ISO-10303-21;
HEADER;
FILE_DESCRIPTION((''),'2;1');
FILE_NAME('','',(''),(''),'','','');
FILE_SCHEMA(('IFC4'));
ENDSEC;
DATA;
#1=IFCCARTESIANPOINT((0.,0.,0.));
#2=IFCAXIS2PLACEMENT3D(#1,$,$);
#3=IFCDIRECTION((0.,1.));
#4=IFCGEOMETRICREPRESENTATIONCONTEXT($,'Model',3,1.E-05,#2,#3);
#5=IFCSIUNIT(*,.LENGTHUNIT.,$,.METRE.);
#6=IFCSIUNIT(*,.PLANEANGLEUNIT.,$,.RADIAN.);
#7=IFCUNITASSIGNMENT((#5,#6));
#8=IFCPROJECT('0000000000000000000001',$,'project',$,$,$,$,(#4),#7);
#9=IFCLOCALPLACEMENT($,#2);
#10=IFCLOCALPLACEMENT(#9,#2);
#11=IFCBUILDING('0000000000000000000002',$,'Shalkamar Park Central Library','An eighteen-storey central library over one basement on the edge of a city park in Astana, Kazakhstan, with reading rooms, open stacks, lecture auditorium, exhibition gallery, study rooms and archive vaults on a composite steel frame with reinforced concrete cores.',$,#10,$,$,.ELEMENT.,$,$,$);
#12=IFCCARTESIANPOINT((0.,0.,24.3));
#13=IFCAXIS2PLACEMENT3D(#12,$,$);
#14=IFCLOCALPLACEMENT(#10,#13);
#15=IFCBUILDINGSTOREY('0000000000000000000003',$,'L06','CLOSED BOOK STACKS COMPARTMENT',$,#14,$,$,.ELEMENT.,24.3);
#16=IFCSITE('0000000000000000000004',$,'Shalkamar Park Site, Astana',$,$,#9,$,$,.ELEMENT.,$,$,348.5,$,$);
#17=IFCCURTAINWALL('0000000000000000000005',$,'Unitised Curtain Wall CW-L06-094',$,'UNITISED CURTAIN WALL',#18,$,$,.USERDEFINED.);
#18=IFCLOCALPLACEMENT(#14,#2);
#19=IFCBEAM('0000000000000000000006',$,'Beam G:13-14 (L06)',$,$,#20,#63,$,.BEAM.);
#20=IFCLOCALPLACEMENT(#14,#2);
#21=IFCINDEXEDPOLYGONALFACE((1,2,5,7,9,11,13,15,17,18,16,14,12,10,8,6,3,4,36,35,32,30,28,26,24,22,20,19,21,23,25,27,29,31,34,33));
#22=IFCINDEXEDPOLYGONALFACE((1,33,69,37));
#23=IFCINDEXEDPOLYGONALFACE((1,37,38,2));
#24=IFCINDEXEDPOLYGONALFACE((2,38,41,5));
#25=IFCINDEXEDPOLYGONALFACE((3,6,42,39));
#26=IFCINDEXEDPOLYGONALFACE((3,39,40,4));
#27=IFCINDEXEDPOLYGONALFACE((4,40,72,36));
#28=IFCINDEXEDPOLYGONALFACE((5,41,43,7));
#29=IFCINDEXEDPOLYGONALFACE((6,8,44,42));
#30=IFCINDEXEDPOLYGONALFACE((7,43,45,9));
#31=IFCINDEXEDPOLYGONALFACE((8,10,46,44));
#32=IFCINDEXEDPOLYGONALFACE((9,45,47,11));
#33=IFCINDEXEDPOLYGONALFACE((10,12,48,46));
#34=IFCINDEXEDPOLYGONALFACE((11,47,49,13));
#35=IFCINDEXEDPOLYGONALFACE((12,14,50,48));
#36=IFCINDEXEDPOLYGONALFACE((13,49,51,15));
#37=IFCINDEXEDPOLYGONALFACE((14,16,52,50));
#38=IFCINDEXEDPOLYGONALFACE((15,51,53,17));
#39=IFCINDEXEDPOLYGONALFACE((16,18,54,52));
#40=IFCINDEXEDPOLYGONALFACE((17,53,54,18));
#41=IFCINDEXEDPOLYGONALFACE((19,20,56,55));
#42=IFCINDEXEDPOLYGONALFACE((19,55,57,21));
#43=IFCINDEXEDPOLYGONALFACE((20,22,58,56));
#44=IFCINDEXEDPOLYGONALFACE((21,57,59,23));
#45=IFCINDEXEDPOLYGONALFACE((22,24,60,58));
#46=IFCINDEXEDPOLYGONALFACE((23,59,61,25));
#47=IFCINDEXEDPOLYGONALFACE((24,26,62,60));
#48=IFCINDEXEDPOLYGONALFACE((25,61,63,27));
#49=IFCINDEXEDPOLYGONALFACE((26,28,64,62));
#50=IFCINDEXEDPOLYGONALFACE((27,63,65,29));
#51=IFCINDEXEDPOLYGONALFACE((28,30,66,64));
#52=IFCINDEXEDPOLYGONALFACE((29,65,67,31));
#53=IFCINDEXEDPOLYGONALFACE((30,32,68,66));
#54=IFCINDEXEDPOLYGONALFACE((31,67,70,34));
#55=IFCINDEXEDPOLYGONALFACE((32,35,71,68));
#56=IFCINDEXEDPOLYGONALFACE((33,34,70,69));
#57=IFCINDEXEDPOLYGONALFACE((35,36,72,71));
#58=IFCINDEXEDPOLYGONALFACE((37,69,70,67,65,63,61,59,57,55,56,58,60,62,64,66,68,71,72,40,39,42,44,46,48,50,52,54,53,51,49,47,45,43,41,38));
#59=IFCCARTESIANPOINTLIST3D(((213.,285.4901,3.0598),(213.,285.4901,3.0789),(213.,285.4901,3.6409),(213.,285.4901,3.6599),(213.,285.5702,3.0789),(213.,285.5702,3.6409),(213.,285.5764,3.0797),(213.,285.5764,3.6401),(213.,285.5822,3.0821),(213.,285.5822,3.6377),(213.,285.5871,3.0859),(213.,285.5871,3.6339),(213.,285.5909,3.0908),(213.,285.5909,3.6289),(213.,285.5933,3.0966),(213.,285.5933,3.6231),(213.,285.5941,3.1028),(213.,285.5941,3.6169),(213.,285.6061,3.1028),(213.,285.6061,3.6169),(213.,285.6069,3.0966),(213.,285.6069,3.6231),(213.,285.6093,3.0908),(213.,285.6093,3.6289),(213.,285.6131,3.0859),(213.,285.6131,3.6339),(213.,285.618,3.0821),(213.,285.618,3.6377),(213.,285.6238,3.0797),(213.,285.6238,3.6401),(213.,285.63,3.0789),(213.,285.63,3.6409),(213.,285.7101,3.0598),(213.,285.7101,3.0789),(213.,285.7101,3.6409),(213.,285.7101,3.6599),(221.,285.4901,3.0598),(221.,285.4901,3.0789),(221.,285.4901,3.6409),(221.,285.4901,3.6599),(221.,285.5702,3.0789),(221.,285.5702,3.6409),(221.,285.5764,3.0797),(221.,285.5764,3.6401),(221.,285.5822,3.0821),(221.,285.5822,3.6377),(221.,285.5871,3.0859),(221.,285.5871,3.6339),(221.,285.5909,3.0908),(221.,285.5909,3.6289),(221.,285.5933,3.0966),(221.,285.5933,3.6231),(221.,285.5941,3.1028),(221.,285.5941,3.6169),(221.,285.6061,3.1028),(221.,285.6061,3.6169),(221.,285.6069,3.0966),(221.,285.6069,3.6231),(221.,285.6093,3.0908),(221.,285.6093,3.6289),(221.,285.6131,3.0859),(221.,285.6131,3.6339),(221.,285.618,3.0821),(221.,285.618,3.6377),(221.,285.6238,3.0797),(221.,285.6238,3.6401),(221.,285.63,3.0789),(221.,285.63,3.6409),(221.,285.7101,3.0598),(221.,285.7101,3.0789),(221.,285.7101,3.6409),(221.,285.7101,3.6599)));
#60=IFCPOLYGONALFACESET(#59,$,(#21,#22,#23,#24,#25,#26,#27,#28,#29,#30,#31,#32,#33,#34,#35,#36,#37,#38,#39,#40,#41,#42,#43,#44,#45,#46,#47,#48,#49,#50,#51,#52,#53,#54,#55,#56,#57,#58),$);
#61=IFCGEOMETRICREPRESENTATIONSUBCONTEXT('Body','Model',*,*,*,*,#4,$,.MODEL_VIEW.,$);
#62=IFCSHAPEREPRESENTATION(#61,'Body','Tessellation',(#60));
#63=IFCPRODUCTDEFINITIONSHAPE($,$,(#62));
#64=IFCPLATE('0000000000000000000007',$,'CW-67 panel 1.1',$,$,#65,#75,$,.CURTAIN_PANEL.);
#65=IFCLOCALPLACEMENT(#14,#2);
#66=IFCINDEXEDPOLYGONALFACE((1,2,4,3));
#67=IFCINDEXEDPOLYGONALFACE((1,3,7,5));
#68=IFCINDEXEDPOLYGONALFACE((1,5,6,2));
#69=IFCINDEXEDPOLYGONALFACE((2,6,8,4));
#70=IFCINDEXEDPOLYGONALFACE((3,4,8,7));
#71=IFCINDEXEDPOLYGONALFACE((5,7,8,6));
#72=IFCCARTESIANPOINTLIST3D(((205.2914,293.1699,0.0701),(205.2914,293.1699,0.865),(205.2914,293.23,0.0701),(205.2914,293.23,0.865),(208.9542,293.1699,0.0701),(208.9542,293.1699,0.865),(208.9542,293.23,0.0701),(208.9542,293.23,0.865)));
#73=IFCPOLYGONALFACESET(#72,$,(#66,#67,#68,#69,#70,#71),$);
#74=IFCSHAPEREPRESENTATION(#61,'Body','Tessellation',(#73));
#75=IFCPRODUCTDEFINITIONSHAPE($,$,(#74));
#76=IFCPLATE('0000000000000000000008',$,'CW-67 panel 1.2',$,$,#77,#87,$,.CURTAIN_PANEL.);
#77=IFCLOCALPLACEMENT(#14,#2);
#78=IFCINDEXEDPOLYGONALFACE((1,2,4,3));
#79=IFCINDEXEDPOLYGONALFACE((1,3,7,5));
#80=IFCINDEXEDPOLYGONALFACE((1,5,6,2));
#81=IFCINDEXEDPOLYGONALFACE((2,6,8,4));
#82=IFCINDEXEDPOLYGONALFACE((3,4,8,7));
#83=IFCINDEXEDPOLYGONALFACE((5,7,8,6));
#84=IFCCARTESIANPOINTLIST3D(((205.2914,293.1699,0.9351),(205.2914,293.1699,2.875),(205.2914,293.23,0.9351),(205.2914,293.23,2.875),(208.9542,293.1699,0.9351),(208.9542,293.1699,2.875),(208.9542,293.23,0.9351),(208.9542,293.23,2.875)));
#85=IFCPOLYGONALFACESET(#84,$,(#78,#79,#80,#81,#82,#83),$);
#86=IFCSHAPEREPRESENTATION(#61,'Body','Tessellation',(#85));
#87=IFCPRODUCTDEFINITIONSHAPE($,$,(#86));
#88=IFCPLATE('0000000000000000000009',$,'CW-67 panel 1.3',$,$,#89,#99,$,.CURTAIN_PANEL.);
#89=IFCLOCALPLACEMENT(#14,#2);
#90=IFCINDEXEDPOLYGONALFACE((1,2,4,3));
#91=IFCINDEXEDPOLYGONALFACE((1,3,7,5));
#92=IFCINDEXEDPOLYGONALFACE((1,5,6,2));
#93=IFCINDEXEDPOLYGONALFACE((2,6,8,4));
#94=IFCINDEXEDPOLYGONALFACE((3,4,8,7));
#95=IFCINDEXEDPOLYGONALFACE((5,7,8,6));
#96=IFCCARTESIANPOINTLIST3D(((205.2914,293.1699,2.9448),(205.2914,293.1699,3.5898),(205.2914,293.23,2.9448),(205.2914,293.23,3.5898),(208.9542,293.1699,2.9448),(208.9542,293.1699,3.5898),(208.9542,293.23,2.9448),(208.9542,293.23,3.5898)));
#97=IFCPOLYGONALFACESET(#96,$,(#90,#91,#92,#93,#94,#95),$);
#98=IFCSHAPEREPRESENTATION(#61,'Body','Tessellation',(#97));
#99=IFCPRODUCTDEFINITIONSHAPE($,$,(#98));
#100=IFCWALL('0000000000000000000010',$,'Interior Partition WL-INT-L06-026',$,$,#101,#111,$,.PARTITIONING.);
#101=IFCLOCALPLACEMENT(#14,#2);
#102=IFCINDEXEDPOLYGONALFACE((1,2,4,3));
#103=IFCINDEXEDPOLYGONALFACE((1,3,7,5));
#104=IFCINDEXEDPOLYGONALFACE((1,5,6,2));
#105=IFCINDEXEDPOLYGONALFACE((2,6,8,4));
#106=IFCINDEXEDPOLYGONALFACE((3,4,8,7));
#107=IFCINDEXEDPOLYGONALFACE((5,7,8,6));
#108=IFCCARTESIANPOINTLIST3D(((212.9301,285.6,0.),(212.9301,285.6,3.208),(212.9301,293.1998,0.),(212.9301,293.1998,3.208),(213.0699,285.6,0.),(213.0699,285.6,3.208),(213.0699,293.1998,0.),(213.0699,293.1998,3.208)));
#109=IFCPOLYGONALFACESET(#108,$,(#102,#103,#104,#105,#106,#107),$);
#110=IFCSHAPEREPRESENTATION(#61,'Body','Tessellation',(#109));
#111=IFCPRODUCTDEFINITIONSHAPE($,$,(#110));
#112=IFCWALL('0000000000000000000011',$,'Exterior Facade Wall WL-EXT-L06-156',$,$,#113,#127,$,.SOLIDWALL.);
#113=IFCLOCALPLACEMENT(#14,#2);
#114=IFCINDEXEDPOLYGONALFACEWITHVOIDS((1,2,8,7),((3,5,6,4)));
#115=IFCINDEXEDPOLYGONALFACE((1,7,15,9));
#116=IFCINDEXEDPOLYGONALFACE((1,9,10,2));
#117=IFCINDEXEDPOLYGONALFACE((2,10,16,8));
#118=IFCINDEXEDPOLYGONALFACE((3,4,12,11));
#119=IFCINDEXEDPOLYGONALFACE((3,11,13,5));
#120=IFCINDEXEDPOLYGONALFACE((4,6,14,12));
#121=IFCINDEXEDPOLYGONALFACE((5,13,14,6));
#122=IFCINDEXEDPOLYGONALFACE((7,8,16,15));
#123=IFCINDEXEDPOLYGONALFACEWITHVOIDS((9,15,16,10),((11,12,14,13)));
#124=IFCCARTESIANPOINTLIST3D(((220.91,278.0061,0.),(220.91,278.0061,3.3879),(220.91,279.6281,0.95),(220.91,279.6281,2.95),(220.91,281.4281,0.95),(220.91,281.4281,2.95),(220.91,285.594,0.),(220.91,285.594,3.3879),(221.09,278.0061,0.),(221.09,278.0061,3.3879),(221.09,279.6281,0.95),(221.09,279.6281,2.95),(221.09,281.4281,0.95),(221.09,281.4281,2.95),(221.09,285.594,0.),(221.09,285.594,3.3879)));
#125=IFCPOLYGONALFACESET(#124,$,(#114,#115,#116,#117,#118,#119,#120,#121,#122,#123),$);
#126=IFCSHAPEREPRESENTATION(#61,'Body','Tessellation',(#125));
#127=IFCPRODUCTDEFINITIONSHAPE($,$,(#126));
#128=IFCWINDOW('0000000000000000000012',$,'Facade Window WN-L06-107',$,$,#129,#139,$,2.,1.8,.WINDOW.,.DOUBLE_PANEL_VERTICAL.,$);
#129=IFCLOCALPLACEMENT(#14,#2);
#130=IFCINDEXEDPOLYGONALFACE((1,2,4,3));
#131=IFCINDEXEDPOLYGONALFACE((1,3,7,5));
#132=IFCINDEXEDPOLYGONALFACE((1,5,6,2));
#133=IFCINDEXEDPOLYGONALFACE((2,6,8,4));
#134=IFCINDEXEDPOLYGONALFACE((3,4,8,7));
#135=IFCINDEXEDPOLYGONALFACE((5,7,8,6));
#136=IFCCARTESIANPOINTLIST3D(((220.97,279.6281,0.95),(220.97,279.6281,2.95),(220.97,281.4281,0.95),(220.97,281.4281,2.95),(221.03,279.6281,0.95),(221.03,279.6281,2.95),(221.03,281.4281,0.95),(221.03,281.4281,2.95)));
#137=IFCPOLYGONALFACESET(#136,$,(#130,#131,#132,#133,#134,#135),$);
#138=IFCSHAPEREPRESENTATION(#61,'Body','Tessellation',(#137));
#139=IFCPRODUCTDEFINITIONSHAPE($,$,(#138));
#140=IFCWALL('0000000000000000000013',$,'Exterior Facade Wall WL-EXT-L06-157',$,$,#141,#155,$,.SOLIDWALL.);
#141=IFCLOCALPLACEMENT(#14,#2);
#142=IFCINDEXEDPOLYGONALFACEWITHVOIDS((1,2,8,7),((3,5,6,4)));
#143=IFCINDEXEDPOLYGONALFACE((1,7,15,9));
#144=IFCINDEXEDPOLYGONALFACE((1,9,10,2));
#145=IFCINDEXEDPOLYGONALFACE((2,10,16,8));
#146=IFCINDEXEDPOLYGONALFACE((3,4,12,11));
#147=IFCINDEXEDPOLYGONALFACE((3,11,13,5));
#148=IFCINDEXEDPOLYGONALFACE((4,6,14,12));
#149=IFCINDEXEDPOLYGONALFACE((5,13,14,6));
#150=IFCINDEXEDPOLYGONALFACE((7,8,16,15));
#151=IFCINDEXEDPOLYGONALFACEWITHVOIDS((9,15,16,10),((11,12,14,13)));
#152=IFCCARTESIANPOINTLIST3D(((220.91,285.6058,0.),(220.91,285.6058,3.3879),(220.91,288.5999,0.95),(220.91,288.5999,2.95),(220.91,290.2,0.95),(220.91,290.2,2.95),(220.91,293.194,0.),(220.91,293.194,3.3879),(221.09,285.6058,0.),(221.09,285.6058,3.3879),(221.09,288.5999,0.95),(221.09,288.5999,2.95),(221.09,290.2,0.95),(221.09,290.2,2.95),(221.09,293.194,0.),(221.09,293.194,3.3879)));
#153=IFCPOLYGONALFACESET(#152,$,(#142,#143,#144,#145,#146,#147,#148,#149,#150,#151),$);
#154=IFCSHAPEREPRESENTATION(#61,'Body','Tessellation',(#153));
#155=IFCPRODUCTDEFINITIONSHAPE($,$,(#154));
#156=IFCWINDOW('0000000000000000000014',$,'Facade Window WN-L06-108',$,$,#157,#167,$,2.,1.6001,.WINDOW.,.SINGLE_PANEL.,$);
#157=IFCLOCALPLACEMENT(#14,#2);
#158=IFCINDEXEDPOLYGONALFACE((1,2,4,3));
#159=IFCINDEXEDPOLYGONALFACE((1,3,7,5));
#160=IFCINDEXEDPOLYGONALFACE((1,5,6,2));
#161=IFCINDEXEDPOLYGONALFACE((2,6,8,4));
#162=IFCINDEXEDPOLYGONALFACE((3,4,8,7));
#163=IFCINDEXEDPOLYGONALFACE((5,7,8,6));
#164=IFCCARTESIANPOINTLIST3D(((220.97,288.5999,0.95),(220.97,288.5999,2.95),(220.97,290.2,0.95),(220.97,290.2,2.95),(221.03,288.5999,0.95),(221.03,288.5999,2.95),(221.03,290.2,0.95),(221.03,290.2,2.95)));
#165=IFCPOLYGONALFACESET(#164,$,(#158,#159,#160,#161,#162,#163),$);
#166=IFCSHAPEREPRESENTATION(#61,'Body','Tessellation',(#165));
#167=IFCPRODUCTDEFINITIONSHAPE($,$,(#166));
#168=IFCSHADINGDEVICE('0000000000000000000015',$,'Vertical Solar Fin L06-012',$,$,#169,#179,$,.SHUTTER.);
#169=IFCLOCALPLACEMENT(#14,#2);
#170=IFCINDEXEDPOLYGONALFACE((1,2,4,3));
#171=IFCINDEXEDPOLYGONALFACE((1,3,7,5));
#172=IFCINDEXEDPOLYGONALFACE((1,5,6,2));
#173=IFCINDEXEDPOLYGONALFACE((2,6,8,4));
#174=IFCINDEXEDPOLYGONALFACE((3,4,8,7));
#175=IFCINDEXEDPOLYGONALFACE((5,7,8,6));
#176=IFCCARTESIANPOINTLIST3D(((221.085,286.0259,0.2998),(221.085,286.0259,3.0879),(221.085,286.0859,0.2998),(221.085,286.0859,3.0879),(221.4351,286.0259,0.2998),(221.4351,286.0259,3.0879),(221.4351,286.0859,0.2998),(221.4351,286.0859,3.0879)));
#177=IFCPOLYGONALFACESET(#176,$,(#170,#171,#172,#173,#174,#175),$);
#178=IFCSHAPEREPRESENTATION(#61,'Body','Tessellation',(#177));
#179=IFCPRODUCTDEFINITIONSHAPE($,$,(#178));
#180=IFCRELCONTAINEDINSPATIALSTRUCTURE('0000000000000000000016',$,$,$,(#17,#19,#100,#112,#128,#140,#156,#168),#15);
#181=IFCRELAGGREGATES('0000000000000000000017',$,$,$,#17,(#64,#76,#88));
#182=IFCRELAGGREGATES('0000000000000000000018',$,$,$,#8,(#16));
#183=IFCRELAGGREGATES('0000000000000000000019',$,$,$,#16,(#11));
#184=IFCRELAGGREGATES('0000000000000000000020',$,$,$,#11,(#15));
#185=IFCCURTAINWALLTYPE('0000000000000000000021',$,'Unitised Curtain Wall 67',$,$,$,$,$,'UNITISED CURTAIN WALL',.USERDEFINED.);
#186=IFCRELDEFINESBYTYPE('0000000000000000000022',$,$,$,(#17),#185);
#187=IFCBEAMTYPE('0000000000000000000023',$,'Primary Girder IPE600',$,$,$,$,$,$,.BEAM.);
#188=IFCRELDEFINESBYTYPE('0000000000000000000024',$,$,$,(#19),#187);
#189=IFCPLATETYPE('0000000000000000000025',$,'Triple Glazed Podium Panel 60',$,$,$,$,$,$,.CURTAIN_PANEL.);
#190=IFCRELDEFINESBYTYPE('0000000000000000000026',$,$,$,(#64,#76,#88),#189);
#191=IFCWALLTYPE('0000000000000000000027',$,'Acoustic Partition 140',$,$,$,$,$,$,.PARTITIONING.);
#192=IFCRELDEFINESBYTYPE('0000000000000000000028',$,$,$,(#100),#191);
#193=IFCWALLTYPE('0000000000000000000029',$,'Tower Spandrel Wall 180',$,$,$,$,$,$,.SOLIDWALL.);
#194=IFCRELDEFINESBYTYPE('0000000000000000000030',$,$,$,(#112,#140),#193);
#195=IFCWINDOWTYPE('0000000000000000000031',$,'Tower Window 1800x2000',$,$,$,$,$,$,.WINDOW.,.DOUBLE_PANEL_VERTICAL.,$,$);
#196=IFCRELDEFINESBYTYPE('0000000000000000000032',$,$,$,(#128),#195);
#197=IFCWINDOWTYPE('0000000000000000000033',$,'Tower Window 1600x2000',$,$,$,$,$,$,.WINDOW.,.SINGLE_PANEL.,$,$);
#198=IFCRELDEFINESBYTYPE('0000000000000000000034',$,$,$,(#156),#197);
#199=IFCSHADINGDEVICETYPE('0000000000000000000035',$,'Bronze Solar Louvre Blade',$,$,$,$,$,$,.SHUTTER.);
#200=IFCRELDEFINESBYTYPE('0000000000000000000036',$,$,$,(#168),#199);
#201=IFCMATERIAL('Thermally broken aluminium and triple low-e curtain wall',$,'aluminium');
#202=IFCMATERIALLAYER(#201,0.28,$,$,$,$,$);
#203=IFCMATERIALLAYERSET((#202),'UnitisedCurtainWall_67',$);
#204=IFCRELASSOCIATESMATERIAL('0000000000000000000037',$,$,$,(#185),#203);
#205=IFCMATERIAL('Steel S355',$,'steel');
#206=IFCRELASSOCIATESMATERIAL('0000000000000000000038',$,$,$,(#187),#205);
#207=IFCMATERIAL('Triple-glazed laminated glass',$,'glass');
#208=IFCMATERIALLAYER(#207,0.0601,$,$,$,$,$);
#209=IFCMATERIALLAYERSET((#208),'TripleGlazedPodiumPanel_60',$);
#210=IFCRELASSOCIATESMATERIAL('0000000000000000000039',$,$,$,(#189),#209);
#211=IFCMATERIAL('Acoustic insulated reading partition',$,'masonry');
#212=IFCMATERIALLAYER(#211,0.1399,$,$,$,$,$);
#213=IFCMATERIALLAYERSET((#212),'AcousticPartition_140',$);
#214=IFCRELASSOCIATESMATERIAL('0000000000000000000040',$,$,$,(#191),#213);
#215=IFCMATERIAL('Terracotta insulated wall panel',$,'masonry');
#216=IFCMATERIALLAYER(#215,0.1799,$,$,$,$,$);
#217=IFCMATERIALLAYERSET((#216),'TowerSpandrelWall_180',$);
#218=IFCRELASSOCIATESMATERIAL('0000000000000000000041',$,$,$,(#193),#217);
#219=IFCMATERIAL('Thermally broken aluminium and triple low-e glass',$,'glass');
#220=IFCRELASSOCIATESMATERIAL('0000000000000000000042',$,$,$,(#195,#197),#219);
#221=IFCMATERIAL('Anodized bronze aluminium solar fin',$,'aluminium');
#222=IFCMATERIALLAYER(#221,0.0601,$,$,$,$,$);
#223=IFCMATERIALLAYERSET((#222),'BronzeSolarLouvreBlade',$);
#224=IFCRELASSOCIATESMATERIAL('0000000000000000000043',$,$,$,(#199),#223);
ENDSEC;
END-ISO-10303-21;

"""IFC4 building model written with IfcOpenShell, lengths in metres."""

from ifc_helpers import new_model, si_unit, direction, frame, frame_2d, origin, origin_2d, place, context, subcontext, project, spatial, rectangle, i_section, extrude, material, layer, layer_set, material_profile, profile_set, type_object, element, fill, aggregate, save


model = new_model("IFC4")

# Units and contexts
model_context = context("Model", 3, precision=1e-05, world=origin(), true_north=direction((0.0, 1.0)))
body_context = subcontext(model_context, "Body", "Model", "MODEL_VIEW")
ifc_project = project(units=[si_unit("LENGTHUNIT", "METRE"), si_unit("PLANEANGLEUNIT", "RADIAN")], contexts=[model_context])

# Site, building, storey
site_placement = place(None, origin())
site = spatial("IfcSite", under=ifc_project, at=site_placement, Name="Shalkamar Park Site, Astana", CompositionType="ELEMENT", RefElevation=348.5)
building_placement = place(site_placement, origin())
building = spatial("IfcBuilding", under=site, at=building_placement, Name="Shalkamar Park Central Library", Description="An eighteen-storey central library over one basement on the edge of a city park in Astana, Kazakhstan, with reading rooms, open stacks, lecture auditorium, exhibition gallery, study rooms and archive vaults on a composite steel frame with reinforced concrete cores.", CompositionType="ELEMENT")
storey_placement = place(building_placement, frame((0.0, 0.0, 24.3)))
storey = spatial("IfcBuildingStorey", under=building, at=storey_placement, Name="L06", Description="CLOSED BOOK STACKS COMPARTMENT", CompositionType="ELEMENT", Elevation=24.3)

# Shared definitions
ifc_material_1 = material(Name="Steel S355", Category="steel")

# Curtain wall
ifc_material_2 = material(Name="Thermally broken aluminium and triple low-e curtain wall", Category="aluminium")
ifc_layer_1 = layer(ifc_material_2, 0.28)
ifc_layer_set_1 = layer_set([ifc_layer_1], Name="UnitisedCurtainWall_67")
curtain_wall_type = type_object("IfcCurtainWallType", Name="Unitised Curtain Wall 67", ElementType="UNITISED CURTAIN WALL", PredefinedType="USERDEFINED", material=ifc_layer_set_1)
curtain_wall_placement = place(storey_placement, origin())
curtain_wall = element("IfcCurtainWall", 1, at=curtain_wall_placement, inside=storey, type_object=curtain_wall_type, Name="Unitised Curtain Wall CW-L06-094", ObjectType="UNITISED CURTAIN WALL", PredefinedType="USERDEFINED")

# Beam
ifc_material_profile_1 = material_profile(ifc_material_1, i_section(OverallWidth=0.22, OverallDepth=0.6001, WebThickness=0.012, FlangeThickness=0.019, FilletRadius=0.0239, at=origin_2d()), Name="IPE 600")
ifc_profile_set_1 = profile_set([ifc_material_profile_1], Name="Steel S355")
beam_type_1 = type_object("IfcBeamType", Name="Primary Girder IPE600", PredefinedType="BEAM", material=ifc_profile_set_1)
for number, where, z_axis, x_axis, name in (
    (2, (213.0, 285.6001, 3.3599), (1.0, 0.0, 0.0), (0.0, 1.0, 0.0), "Beam G:13-14 (L06)"),
):
    element("IfcBeam", number, at=place(storey_placement, frame(where, z_axis=z_axis, x_axis=x_axis)), inside=storey, type_object=beam_type_1, Name=name, PredefinedType="BEAM", context=body_context, shape_type="SweptSolid", body=[
        extrude(i_section(OverallWidth=0.22, OverallDepth=0.6001, WebThickness=0.012, FlangeThickness=0.019, FilletRadius=0.0239, at=origin_2d()), origin(), (0.0, 0.0, 1.0), 8.0),
    ])

# Plates
ifc_material_3 = material(Name="Triple-glazed laminated glass", Category="glass")
ifc_layer_2 = layer(ifc_material_3, 0.0601)
ifc_layer_set_2 = layer_set([ifc_layer_2], Name="TripleGlazedPodiumPanel_60")
plate_type = type_object("IfcPlateType", Name="Triple Glazed Podium Panel 60", PredefinedType="CURTAIN_PANEL", material=ifc_layer_set_2)
plate_1_placement = place(storey_placement, frame((207.1228, 293.2, 0.0701), z_axis=(0.0, 0.0, 1.0), x_axis=(1.0, 0.0, 0.0)))
plate_1 = element("IfcPlate", 3, at=plate_1_placement, type_object=plate_type, Name="CW-67 panel 1.1", PredefinedType="CURTAIN_PANEL", context=body_context, shape_type="SweptSolid", body=[
    extrude(rectangle(XDim=3.6628, YDim=0.0601, at=origin_2d()), origin(), (0.0, 0.0, 1.0), 0.7949),
])
plate_2_placement = place(storey_placement, frame((207.1228, 293.2, 0.9351), z_axis=(0.0, 0.0, 1.0), x_axis=(1.0, 0.0, 0.0)))
plate_2 = element("IfcPlate", 4, at=plate_2_placement, type_object=plate_type, Name="CW-67 panel 1.2", PredefinedType="CURTAIN_PANEL", context=body_context, shape_type="SweptSolid", body=[
    extrude(rectangle(XDim=3.6628, YDim=0.0601, at=origin_2d()), origin(), (0.0, 0.0, 1.0), 1.9399),
])
plate_3_placement = place(storey_placement, frame((207.1228, 293.2, 2.9448), z_axis=(0.0, 0.0, 1.0), x_axis=(1.0, 0.0, 0.0)))
plate_3 = element("IfcPlate", 5, at=plate_3_placement, type_object=plate_type, Name="CW-67 panel 1.3", PredefinedType="CURTAIN_PANEL", context=body_context, shape_type="SweptSolid", body=[
    extrude(rectangle(XDim=3.6628, YDim=0.0601, at=origin_2d()), origin(), (0.0, 0.0, 1.0), 0.645),
])
aggregate(curtain_wall, [plate_1, plate_2, plate_3])

# Wall
ifc_material_4 = material(Name="Acoustic insulated reading partition", Category="masonry")
ifc_layer_3 = layer(ifc_material_4, 0.1399)
ifc_layer_set_3 = layer_set([ifc_layer_3], Name="AcousticPartition_140")
wall_type_1 = type_object("IfcWallType", Name="Acoustic Partition 140", PredefinedType="PARTITIONING", material=ifc_layer_set_3)
wall_1_placement = place(storey_placement, frame((213.0, 285.6001, 0.0), z_axis=(0.0, 0.0, 1.0), x_axis=(0.0, 1.0, 0.0)))
element("IfcWall", 6, at=wall_1_placement, inside=storey, type_object=wall_type_1, Name="Interior Partition WL-INT-L06-026", PredefinedType="PARTITIONING", context=body_context, shape_type="SweptSolid", body=[
    extrude(rectangle(XDim=7.5999, YDim=0.1399, at=frame_2d((3.7998, 0.0))), origin(), (0.0, 0.0, 1.0), 3.208),
])

# Walls, openings, windows
ifc_material_5 = material(Name="Terracotta insulated wall panel", Category="masonry")
ifc_layer_4 = layer(ifc_material_5, 0.1799)
ifc_layer_set_4 = layer_set([ifc_layer_4], Name="TowerSpandrelWall_180")
wall_type_2 = type_object("IfcWallType", Name="Tower Spandrel Wall 180", PredefinedType="SOLIDWALL", material=ifc_layer_set_4)
wall_2_placement = place(storey_placement, frame((221.0, 278.0061, 0.0), z_axis=(0.0, 0.0, 1.0), x_axis=(0.0, 1.0, 0.0)))
wall_2 = element("IfcWall", 7, at=wall_2_placement, inside=storey, type_object=wall_type_2, Name="Exterior Facade Wall WL-EXT-L06-156", PredefinedType="SOLIDWALL", context=body_context, shape_type="SweptSolid", body=[
    extrude(rectangle(XDim=7.5879, YDim=0.1799, at=frame_2d((3.7939, 0.0))), origin(), (0.0, 0.0, 1.0), 3.3879),
])
opening_1_placement = place(wall_2_placement, frame((1.6221, 0.0, 0.95)))
opening_1 = element("IfcOpeningElement", 8, at=opening_1_placement, cuts=wall_2, PredefinedType="OPENING", context=body_context, shape_type="SweptSolid", body=[
    extrude(rectangle(XDim=1.8, YDim=2.0, at=frame_2d((0.8999, 1.0))), frame((0.0, 0.105, 0.0), z_axis=(0.0, -1.0, 0.0), x_axis=(1.0, 0.0, 0.0)), (0.0, 0.0, 1.0), 0.2097),
])
ifc_material_6 = material(Name="Thermally broken aluminium and triple low-e glass", Category="glass")
window_type_1 = type_object("IfcWindowType", Name="Tower Window 1800x2000", PartitioningType="DOUBLE_PANEL_VERTICAL", PredefinedType="WINDOW", material=ifc_material_6)
window_1_placement = place(opening_1_placement, origin())
window_1 = element("IfcWindow", 9, at=window_1_placement, inside=storey, type_object=window_type_1, Name="Facade Window WN-L06-107", OverallHeight=2.0, OverallWidth=1.8, PartitioningType="DOUBLE_PANEL_VERTICAL", PredefinedType="WINDOW", context=body_context, shape_type="SweptSolid", body=[
    extrude(rectangle(XDim=1.8, YDim=2.0, at=frame_2d((0.8999, 1.0))), frame((0.0, 0.03, 0.0), z_axis=(0.0, -1.0, 0.0), x_axis=(1.0, 0.0, 0.0)), (0.0, 0.0, 1.0), 0.0601),
])
fill(opening_1, window_1)
wall_3_placement = place(storey_placement, frame((221.0, 285.606, 0.0), z_axis=(0.0, 0.0, 1.0), x_axis=(0.0, 1.0, 0.0)))
wall_3 = element("IfcWall", 10, at=wall_3_placement, inside=storey, type_object=wall_type_2, Name="Exterior Facade Wall WL-EXT-L06-157", PredefinedType="SOLIDWALL", context=body_context, shape_type="SweptSolid", body=[
    extrude(rectangle(XDim=7.5881, YDim=0.1799, at=frame_2d((3.7939, 0.0))), origin(), (0.0, 0.0, 1.0), 3.3879),
])
opening_2_placement = place(wall_3_placement, frame((2.9939, 0.0, 0.95)))
opening_2 = element("IfcOpeningElement", 11, at=opening_2_placement, cuts=wall_3, PredefinedType="OPENING", context=body_context, shape_type="SweptSolid", body=[
    extrude(rectangle(XDim=1.6001, YDim=2.0, at=frame_2d((0.8, 1.0))), frame((0.0, 0.105, 0.0), z_axis=(0.0, -1.0, 0.0), x_axis=(1.0, 0.0, 0.0)), (0.0, 0.0, 1.0), 0.2097),
])
window_type_2 = type_object("IfcWindowType", Name="Tower Window 1600x2000", PartitioningType="SINGLE_PANEL", PredefinedType="WINDOW", material=ifc_material_6)
window_2_placement = place(opening_2_placement, origin())
window_2 = element("IfcWindow", 12, at=window_2_placement, inside=storey, type_object=window_type_2, Name="Facade Window WN-L06-108", OverallHeight=2.0, OverallWidth=1.6001, PartitioningType="SINGLE_PANEL", PredefinedType="WINDOW", context=body_context, shape_type="SweptSolid", body=[
    extrude(rectangle(XDim=1.6001, YDim=2.0, at=frame_2d((0.8, 1.0))), frame((0.0, 0.03, 0.0), z_axis=(0.0, -1.0, 0.0), x_axis=(1.0, 0.0, 0.0)), (0.0, 0.0, 1.0), 0.0601),
])
fill(opening_2, window_2)

# Shading device
ifc_material_7 = material(Name="Anodized bronze aluminium solar fin", Category="aluminium")
ifc_layer_5 = layer(ifc_material_7, 0.0601)
ifc_layer_set_5 = layer_set([ifc_layer_5], Name="BronzeSolarLouvreBlade")
shading_device_type = type_object("IfcShadingDeviceType", Name="Bronze Solar Louvre Blade", PredefinedType="SHUTTER", material=ifc_layer_set_5)
shading_device_placement = place(storey_placement, frame((221.26, 286.0559, 0.2998), z_axis=(0.0, 0.0, 1.0), x_axis=(1.0, 0.0, 0.0)))
element("IfcShadingDevice", 13, at=shading_device_placement, inside=storey, type_object=shading_device_type, Name="Vertical Solar Fin L06-012", PredefinedType="SHUTTER", context=body_context, shape_type="SweptSolid", body=[
    extrude(rectangle(XDim=0.3501, YDim=0.0601, at=origin_2d()), origin(), (0.0, 0.0, 1.0), 2.7881),
])

save(model, "model.ifc")
